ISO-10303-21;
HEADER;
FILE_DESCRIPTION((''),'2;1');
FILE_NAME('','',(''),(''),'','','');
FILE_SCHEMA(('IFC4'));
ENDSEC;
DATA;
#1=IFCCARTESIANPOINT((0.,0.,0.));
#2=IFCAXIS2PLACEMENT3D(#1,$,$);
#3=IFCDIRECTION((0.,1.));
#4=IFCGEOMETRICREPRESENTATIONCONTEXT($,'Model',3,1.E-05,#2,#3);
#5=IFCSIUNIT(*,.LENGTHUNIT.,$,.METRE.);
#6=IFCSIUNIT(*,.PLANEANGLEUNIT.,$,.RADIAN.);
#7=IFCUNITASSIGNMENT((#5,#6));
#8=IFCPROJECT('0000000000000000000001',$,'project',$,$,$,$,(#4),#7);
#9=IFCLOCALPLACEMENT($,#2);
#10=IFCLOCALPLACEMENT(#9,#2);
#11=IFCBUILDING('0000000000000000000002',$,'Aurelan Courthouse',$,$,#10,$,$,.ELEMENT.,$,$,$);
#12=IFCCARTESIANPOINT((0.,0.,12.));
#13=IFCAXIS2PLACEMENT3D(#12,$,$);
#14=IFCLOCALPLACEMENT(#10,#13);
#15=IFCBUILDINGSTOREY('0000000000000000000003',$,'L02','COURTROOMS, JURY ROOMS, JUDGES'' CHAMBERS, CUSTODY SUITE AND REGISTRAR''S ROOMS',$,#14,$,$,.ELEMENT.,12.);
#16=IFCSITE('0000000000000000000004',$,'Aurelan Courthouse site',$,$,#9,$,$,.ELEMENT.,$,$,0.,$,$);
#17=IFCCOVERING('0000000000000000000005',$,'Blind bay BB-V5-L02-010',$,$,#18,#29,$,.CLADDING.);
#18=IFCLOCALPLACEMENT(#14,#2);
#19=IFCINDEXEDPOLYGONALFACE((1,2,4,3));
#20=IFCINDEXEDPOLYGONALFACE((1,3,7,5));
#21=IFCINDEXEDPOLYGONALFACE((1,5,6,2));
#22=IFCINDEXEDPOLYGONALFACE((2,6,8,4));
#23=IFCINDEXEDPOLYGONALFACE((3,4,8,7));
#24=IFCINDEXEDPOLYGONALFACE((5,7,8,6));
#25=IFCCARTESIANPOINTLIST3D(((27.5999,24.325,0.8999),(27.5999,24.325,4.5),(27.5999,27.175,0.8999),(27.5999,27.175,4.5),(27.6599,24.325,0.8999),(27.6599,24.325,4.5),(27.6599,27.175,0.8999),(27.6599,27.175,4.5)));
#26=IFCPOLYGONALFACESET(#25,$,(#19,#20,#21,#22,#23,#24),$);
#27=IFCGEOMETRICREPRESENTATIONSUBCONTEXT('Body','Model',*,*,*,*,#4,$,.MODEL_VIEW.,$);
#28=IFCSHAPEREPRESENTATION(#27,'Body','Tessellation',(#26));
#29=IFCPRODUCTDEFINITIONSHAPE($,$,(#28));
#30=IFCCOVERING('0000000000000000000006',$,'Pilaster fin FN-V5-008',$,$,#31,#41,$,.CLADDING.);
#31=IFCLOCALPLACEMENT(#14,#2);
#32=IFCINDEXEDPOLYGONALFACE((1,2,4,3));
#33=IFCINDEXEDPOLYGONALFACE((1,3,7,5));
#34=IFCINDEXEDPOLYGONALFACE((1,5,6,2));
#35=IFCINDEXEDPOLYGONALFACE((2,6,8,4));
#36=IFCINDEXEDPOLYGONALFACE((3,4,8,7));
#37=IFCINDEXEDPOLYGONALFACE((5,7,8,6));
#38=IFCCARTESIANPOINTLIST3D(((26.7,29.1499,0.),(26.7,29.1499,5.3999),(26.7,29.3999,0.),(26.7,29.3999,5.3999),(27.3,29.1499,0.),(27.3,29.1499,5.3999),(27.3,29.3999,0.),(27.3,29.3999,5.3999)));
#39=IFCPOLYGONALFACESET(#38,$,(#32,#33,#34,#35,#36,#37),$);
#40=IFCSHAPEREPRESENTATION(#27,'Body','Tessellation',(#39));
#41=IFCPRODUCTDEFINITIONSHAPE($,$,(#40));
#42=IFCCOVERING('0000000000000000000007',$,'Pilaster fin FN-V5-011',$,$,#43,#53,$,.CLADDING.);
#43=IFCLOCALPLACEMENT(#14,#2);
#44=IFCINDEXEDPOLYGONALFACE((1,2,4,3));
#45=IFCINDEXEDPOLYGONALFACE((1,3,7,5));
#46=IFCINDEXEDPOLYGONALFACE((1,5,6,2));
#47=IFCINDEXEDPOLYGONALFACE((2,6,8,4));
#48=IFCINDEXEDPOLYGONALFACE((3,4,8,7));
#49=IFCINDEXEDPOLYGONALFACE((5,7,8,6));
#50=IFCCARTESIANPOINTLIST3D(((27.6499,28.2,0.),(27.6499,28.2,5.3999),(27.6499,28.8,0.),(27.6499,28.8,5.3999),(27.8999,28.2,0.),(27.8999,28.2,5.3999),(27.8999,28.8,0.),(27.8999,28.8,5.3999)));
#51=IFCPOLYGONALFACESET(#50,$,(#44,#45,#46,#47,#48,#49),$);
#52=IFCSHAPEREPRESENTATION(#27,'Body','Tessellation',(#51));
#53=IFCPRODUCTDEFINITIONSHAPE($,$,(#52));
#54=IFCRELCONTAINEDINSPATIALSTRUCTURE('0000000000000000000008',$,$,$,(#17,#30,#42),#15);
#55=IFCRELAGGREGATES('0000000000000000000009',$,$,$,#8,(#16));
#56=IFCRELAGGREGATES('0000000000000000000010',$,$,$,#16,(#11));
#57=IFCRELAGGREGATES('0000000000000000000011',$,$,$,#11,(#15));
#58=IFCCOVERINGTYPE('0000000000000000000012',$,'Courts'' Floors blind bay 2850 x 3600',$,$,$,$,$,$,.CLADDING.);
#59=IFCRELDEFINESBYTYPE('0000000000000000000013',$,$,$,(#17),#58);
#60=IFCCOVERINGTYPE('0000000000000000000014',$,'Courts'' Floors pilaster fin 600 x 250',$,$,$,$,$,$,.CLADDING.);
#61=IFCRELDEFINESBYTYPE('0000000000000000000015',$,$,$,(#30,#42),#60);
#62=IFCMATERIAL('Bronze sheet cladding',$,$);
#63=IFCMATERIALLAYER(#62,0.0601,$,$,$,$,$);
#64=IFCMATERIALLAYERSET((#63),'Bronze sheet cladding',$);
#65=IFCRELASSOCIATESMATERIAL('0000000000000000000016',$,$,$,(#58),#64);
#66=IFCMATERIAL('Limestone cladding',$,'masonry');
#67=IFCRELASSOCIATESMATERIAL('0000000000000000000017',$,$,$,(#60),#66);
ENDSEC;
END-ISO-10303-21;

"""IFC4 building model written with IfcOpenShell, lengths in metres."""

from ifc_helpers import new_model, si_unit, direction, frame, origin, origin_2d, place, context, subcontext, project, spatial, rectangle, extrude, material, layer, layer_set, type_object, element, save


model = new_model("IFC4")

# Units and contexts
model_context = context("Model", 3, precision=1e-05, world=origin(), true_north=direction((0.0, 1.0)))
body_context = subcontext(model_context, "Body", "Model", "MODEL_VIEW")
ifc_project = project(units=[si_unit("LENGTHUNIT", "METRE"), si_unit("PLANEANGLEUNIT", "RADIAN")], contexts=[model_context])

# Site, building, storey
site_placement = place(None, origin())
site = spatial("IfcSite", under=ifc_project, at=site_placement, Name="Aurelan Courthouse site", CompositionType="ELEMENT", RefElevation=0.0)
building_placement = place(site_placement, origin())
building = spatial("IfcBuilding", under=site, at=building_placement, Name="Aurelan Courthouse", CompositionType="ELEMENT")
storey_placement = place(building_placement, frame((0.0, 0.0, 12.0)))
storey = spatial("IfcBuildingStorey", under=building, at=storey_placement, Name="L02", Description="COURTROOMS, JURY ROOMS, JUDGES' CHAMBERS, CUSTODY SUITE AND REGISTRAR'S ROOMS", CompositionType="ELEMENT", Elevation=12.0)

# Shared definitions
ifc_material_1 = material(Name="Limestone cladding", Category="masonry")

# Coverings
ifc_material_2 = material(Name="Bronze sheet cladding")
ifc_layer_1 = layer(ifc_material_2, 0.0601)
ifc_layer_set_1 = layer_set([ifc_layer_1], Name="Bronze sheet cladding")
covering_type_1 = type_object("IfcCoveringType", Name="Courts' Floors blind bay 2850 x 3600", PredefinedType="CLADDING", material=ifc_layer_set_1)
covering_1_placement = place(storey_placement, frame((27.6299, 25.75, 0.8999), z_axis=(0.0, 0.0, 1.0), x_axis=(1.0, 0.0, 0.0)))
element("IfcCovering", 1, at=covering_1_placement, inside=storey, type_object=covering_type_1, Name="Blind bay BB-V5-L02-010", PredefinedType="CLADDING", context=body_context, shape_type="SweptSolid", body=[
    extrude(rectangle(XDim=0.0601, YDim=2.8501, at=origin_2d()), origin(), (0.0, 0.0, 1.0), 3.6001),
])
covering_type_2 = type_object("IfcCoveringType", Name="Courts' Floors pilaster fin 600 x 250", PredefinedType="CLADDING", material=ifc_material_1)
covering_2_placement = place(storey_placement, frame((27.0, 29.2749, 0.0), z_axis=(0.0, 0.0, 1.0), x_axis=(1.0, 0.0, 0.0)))
element("IfcCovering", 2, at=covering_2_placement, inside=storey, type_object=covering_type_2, Name="Pilaster fin FN-V5-008", PredefinedType="CLADDING", context=body_context, shape_type="SweptSolid", body=[
    extrude(rectangle(XDim=0.6001, YDim=0.25, at=origin_2d()), origin(), (0.0, 0.0, 1.0), 5.3999),
])
covering_3_placement = place(storey_placement, frame((27.7749, 28.5, 0.0), z_axis=(0.0, 0.0, 1.0), x_axis=(1.0, 0.0, 0.0)))
element("IfcCovering", 3, at=covering_3_placement, inside=storey, type_object=covering_type_2, Name="Pilaster fin FN-V5-011", PredefinedType="CLADDING", context=body_context, shape_type="SweptSolid", body=[
    extrude(rectangle(XDim=0.25, YDim=0.6001, at=origin_2d()), origin(), (0.0, 0.0, 1.0), 5.3999),
])

save(model, "model.ifc")
